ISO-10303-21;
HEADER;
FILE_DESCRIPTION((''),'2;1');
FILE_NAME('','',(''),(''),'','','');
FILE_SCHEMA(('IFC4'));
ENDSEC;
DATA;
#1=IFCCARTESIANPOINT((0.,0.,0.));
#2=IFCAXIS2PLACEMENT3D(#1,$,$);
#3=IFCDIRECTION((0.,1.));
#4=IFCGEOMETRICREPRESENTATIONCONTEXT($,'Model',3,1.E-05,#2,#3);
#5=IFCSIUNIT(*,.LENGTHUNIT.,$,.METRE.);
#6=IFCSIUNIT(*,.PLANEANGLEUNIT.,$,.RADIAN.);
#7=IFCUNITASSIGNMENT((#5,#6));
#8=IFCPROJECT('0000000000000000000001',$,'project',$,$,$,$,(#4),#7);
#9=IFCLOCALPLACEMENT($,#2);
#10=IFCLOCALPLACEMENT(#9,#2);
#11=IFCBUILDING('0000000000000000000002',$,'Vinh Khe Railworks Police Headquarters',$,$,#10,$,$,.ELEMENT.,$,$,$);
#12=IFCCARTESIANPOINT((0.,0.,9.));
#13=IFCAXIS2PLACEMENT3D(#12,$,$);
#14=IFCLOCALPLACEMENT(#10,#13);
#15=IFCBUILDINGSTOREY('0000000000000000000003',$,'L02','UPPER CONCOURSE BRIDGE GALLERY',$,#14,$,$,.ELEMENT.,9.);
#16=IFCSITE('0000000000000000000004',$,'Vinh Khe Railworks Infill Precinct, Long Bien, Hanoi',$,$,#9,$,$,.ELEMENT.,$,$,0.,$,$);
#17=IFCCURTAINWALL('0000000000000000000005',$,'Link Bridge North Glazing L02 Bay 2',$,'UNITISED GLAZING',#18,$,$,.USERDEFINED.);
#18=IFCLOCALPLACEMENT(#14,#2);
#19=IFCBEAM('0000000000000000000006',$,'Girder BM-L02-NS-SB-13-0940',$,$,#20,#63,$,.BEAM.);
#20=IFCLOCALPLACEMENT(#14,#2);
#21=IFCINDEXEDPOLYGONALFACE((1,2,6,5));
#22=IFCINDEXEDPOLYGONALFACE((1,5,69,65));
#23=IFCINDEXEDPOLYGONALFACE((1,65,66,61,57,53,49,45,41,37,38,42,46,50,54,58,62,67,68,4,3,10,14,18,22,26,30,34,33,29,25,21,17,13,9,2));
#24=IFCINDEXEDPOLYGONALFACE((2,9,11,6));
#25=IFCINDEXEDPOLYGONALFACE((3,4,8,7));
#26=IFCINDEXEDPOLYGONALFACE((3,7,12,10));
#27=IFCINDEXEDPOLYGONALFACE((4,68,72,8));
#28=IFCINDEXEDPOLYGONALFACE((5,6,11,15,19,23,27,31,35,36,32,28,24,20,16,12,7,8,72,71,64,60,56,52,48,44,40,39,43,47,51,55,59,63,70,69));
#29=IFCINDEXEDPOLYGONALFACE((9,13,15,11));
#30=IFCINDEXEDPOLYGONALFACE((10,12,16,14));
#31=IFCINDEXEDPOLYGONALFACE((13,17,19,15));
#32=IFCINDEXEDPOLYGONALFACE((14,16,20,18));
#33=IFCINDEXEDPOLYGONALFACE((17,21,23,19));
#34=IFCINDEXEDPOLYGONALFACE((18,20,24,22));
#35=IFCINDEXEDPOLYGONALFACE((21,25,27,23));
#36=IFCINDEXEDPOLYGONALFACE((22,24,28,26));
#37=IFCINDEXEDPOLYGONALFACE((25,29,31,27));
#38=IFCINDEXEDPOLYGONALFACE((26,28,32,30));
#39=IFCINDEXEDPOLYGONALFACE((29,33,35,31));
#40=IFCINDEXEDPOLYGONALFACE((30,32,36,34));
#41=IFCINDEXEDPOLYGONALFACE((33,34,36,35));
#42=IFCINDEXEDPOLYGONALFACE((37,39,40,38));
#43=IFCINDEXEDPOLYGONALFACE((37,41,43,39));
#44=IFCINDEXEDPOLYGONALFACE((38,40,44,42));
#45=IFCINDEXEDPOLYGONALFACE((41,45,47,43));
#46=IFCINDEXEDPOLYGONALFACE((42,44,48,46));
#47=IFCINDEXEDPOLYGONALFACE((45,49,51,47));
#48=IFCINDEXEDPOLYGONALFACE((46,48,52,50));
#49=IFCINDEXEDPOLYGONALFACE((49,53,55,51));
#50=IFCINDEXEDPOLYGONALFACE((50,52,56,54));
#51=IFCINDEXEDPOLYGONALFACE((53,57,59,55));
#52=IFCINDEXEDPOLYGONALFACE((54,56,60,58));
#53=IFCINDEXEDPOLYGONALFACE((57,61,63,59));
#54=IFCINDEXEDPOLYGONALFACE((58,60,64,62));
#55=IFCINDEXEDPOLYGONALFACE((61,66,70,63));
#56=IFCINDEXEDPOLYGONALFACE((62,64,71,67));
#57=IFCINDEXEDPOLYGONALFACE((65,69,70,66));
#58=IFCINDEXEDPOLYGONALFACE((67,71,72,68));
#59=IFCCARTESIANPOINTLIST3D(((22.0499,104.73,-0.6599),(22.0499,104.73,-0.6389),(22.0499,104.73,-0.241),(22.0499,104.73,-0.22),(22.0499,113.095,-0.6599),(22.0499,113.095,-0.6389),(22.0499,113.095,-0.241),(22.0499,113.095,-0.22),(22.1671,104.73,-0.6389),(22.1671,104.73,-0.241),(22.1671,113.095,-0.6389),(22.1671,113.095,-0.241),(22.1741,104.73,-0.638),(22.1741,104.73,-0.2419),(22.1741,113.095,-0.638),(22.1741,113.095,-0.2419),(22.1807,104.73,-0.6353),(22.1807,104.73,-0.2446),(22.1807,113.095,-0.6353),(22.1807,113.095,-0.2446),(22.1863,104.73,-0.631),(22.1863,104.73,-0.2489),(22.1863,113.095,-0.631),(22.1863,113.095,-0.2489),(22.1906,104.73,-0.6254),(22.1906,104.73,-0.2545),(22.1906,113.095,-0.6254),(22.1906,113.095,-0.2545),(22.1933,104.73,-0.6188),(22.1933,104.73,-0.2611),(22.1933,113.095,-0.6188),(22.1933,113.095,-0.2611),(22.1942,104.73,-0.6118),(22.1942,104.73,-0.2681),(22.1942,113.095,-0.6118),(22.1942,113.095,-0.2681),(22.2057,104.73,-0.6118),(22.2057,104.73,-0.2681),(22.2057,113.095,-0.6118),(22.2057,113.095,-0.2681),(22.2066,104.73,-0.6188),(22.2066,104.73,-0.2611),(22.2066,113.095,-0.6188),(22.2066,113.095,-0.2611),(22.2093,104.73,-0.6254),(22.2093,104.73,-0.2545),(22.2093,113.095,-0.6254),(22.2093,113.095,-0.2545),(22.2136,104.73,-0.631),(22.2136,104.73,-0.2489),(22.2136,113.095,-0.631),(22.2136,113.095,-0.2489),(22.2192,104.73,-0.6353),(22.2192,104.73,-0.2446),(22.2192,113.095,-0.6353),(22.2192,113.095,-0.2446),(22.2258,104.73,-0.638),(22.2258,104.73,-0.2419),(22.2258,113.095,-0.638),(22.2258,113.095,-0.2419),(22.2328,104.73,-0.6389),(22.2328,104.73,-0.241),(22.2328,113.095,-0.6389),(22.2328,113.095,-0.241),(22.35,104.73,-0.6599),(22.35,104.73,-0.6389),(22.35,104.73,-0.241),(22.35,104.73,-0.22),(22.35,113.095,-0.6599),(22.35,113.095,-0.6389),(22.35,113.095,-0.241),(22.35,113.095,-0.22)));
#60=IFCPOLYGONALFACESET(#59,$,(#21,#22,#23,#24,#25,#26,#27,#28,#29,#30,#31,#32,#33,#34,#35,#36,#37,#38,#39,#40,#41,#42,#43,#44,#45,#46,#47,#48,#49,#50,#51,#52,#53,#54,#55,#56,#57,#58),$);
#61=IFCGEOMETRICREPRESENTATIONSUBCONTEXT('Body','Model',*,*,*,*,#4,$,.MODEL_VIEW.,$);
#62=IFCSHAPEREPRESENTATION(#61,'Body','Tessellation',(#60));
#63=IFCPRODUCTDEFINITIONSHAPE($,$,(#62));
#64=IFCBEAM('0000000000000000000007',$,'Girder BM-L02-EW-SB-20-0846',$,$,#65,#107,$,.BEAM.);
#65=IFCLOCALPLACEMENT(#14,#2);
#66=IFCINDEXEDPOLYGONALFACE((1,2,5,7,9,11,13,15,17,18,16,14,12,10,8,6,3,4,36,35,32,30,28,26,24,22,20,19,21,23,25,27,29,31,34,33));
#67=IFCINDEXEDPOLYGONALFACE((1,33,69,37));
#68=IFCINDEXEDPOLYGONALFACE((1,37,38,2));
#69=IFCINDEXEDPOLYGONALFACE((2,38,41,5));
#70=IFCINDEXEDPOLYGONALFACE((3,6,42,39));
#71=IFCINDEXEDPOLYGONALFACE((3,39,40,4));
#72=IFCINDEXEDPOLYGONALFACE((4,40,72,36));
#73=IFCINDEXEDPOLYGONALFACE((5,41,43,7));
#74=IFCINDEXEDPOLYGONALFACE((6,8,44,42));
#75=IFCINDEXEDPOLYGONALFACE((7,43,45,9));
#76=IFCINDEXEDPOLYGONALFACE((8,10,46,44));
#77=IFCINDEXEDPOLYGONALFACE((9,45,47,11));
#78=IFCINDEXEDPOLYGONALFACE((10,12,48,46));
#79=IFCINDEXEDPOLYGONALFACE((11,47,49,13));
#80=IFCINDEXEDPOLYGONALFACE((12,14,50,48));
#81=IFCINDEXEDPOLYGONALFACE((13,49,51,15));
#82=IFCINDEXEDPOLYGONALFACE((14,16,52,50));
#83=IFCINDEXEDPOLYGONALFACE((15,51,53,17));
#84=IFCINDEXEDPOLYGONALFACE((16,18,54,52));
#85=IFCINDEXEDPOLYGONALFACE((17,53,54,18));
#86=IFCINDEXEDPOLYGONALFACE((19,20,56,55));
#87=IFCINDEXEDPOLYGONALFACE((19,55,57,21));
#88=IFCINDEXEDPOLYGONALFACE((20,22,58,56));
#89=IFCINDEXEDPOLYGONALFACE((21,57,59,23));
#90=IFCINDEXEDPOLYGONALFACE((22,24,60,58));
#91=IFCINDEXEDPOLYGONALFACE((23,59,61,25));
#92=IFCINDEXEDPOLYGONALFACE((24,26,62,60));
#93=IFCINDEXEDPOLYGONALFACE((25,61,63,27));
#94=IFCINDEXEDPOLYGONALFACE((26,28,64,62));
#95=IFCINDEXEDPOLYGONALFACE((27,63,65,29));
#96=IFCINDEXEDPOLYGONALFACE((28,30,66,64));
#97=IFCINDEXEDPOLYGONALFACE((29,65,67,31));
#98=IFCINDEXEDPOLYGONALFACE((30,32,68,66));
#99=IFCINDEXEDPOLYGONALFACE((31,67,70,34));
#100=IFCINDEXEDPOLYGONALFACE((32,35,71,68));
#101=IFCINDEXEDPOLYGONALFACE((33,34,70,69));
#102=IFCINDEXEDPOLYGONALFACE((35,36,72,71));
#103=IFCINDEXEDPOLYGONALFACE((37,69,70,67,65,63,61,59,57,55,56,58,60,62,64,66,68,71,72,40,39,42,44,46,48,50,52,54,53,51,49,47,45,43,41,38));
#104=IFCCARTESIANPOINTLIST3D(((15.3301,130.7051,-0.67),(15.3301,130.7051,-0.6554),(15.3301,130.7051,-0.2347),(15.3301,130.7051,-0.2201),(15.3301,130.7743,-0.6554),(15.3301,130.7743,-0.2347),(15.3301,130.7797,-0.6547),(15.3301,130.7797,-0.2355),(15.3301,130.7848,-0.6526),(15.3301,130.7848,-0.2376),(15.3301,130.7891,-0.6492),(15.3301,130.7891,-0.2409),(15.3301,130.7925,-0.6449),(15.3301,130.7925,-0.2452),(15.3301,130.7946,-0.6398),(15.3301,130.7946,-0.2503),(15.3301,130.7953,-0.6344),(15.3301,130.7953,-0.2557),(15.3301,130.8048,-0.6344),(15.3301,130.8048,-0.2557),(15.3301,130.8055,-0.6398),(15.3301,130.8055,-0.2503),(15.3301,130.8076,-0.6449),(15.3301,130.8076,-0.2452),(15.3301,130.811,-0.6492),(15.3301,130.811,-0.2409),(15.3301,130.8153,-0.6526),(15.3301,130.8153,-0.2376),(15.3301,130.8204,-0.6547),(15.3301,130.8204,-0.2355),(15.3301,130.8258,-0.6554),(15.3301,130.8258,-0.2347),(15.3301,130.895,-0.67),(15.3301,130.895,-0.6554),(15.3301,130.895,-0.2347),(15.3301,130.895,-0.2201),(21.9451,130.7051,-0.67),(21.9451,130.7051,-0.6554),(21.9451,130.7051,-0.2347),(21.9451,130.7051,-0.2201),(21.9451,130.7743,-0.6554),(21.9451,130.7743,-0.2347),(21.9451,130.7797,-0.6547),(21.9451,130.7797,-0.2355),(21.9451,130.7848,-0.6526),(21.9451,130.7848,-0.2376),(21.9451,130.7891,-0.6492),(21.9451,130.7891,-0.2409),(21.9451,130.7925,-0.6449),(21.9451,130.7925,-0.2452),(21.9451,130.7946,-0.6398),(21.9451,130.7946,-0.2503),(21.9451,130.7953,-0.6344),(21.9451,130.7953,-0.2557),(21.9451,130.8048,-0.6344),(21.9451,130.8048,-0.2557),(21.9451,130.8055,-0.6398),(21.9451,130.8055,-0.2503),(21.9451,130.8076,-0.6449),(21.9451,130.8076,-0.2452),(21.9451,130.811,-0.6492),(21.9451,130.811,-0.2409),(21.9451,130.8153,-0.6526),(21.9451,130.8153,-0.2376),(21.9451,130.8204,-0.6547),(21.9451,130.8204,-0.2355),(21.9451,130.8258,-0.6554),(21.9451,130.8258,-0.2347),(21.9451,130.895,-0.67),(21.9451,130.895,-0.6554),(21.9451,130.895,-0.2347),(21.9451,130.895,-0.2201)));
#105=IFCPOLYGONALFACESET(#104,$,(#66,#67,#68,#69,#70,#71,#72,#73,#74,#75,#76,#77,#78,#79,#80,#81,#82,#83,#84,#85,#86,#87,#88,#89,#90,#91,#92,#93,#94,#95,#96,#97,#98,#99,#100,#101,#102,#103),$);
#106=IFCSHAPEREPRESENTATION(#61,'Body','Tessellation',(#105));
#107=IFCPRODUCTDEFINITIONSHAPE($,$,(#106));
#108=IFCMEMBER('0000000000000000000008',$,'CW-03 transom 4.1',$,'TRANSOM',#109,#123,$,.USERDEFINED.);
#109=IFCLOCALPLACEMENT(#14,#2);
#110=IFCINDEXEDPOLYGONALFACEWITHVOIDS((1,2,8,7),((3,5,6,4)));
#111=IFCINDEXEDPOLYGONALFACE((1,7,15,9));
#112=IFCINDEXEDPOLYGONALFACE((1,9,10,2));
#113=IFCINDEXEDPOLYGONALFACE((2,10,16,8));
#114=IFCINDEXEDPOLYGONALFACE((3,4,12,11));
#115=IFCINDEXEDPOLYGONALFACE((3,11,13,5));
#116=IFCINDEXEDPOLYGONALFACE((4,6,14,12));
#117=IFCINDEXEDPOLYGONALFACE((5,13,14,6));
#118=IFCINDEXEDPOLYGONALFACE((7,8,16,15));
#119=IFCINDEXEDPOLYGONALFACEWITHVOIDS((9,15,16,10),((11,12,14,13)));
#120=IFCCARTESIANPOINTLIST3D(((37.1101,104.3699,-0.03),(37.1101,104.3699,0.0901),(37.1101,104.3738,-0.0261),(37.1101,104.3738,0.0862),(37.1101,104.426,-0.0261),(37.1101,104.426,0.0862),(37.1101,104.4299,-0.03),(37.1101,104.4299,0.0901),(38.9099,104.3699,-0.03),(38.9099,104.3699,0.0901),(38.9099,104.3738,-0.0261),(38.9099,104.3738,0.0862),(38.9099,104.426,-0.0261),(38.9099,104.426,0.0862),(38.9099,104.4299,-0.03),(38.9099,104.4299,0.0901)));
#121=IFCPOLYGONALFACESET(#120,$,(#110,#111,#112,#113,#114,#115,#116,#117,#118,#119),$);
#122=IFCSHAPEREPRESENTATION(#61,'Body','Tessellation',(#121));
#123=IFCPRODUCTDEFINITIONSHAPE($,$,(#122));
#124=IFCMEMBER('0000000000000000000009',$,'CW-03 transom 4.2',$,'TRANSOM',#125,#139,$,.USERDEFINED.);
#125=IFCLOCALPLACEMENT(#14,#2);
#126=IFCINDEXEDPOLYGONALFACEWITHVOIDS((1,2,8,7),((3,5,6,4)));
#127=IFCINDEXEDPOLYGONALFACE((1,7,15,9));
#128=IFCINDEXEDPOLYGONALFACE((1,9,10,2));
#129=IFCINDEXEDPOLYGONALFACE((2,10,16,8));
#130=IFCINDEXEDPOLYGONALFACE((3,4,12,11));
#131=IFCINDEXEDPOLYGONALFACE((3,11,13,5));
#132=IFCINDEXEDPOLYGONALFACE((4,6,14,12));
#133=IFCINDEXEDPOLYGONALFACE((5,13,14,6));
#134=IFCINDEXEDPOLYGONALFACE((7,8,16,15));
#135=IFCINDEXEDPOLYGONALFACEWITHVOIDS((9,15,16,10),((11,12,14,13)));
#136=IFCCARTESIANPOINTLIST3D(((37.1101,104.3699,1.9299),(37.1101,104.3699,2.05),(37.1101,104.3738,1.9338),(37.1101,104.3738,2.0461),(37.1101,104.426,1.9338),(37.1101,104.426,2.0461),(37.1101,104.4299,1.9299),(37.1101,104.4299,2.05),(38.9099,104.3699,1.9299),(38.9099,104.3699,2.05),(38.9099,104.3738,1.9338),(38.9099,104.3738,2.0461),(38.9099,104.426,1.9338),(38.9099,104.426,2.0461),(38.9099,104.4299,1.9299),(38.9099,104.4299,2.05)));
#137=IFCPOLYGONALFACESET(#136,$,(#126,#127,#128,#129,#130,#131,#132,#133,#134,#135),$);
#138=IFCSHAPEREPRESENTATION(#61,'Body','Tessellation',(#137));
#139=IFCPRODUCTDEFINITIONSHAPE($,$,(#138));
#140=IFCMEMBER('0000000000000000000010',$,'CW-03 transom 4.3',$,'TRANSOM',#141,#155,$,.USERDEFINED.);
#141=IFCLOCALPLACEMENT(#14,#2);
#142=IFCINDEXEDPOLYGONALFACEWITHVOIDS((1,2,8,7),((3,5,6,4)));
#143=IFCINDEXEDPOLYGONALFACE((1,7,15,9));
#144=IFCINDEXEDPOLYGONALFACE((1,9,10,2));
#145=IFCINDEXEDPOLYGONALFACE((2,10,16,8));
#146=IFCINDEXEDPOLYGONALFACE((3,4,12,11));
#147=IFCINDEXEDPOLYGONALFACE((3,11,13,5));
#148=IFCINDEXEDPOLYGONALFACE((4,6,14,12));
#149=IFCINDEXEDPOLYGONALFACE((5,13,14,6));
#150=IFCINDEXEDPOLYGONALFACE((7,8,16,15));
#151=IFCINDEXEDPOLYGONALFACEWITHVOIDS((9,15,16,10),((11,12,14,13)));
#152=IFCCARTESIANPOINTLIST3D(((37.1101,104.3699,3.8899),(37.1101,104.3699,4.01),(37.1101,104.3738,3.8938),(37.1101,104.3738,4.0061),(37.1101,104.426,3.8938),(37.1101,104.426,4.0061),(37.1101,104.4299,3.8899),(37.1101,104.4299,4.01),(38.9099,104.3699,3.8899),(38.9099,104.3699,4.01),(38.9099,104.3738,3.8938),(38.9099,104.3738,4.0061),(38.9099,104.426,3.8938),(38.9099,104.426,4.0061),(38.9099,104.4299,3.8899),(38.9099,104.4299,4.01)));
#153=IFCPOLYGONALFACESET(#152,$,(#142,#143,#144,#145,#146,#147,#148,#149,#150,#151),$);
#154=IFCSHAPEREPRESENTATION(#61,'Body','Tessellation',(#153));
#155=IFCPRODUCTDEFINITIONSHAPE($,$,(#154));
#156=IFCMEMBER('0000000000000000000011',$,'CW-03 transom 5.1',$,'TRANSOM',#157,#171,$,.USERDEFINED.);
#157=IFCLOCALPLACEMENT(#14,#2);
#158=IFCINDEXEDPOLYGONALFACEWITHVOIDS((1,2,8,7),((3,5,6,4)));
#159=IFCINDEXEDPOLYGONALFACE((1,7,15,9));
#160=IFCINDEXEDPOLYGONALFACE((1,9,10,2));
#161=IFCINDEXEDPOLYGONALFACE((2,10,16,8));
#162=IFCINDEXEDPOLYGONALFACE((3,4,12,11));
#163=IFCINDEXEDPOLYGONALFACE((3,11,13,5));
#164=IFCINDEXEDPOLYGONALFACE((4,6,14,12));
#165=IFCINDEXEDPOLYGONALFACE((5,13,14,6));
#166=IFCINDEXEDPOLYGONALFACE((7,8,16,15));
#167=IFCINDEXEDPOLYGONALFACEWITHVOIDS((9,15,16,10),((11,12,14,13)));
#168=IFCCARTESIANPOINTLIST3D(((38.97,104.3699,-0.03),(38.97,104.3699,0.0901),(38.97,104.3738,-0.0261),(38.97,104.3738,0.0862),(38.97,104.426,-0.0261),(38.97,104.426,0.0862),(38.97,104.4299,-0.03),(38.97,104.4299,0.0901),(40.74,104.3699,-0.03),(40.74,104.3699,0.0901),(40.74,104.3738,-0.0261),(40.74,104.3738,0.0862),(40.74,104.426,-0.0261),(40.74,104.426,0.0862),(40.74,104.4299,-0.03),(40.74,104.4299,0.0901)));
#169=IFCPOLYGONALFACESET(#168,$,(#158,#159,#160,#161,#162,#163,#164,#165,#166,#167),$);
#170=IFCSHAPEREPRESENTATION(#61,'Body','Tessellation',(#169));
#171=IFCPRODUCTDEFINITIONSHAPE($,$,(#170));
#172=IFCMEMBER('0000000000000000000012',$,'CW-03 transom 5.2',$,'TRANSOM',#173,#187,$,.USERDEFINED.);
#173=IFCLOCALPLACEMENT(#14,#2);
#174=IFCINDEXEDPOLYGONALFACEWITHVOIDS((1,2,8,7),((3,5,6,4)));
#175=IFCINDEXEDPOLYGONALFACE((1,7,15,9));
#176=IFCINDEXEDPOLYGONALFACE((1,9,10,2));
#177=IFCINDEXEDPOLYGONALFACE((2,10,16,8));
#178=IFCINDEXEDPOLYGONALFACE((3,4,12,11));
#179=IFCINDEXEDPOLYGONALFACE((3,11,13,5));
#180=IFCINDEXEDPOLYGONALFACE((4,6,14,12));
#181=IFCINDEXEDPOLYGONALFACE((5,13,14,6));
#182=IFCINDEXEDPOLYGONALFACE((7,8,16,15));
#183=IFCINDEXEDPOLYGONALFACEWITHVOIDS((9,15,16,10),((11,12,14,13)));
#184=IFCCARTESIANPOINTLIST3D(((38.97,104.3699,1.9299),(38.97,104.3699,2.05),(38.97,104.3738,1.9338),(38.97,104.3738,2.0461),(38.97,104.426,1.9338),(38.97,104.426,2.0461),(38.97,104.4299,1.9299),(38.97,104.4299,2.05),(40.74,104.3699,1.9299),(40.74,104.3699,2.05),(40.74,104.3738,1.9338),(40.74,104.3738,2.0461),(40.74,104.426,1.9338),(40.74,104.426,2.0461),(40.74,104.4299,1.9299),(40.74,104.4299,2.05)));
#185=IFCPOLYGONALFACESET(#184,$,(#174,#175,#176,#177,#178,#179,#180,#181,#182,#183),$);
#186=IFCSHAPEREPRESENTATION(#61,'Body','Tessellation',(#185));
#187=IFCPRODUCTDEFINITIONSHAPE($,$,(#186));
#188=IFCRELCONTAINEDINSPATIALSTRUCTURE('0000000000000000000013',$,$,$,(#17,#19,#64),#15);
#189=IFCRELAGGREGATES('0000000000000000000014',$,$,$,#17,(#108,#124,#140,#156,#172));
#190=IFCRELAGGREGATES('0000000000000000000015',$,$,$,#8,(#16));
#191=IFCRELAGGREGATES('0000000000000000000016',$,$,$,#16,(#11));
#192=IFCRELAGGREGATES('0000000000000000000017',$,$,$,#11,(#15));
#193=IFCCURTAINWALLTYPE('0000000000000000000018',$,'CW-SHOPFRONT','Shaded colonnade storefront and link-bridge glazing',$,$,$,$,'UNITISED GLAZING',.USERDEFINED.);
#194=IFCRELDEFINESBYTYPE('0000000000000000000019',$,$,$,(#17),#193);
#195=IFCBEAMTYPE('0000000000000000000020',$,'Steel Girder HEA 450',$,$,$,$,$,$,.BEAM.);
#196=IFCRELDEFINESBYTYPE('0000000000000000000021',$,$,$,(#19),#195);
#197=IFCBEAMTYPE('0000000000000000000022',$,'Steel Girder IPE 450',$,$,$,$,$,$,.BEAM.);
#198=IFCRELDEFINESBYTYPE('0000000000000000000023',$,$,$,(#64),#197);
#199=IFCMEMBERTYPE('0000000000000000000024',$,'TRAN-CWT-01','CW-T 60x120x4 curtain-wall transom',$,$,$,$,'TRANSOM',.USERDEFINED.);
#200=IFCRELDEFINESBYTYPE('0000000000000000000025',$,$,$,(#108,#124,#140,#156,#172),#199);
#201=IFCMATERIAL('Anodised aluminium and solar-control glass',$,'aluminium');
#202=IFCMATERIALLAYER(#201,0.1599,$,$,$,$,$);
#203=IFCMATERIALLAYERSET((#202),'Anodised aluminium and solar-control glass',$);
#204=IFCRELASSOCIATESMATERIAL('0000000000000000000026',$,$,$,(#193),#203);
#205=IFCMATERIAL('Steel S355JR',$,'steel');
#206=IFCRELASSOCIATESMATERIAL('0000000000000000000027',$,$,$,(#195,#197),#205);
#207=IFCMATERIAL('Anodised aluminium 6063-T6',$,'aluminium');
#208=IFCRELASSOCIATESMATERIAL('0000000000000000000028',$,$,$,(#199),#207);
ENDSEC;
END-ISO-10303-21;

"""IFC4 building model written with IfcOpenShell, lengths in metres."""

from ifc_helpers import new_model, si_unit, direction, frame, origin, origin_2d, place, context, subcontext, project, spatial, hollow_rectangle, i_section, extrude, material, layer, layer_set, material_profile, profile_set, type_object, element, aggregate, save


model = new_model("IFC4")

# Units and contexts
model_context = context("Model", 3, precision=1e-05, world=origin(), true_north=direction((0.0, 1.0)))
body_context = subcontext(model_context, "Body", "Model", "MODEL_VIEW")
ifc_project = project(units=[si_unit("LENGTHUNIT", "METRE"), si_unit("PLANEANGLEUNIT", "RADIAN")], contexts=[model_context])

# Site, building, storey
site_placement = place(None, origin())
site = spatial("IfcSite", under=ifc_project, at=site_placement, Name="Vinh Khe Railworks Infill Precinct, Long Bien, Hanoi", CompositionType="ELEMENT", RefElevation=0.0)
building_placement = place(site_placement, origin())
building = spatial("IfcBuilding", under=site, at=building_placement, Name="Vinh Khe Railworks Police Headquarters", CompositionType="ELEMENT")
storey_placement = place(building_placement, frame((0.0, 0.0, 9.0)))
storey = spatial("IfcBuildingStorey", under=building, at=storey_placement, Name="L02", Description="UPPER CONCOURSE BRIDGE GALLERY", CompositionType="ELEMENT", Elevation=9.0)

# Shared definitions
ifc_material_1 = material(Name="Steel S355JR", Category="steel")

# Curtain wall
ifc_material_2 = material(Name="Anodised aluminium and solar-control glass", Category="aluminium")
ifc_layer_1 = layer(ifc_material_2, 0.1599)
ifc_layer_set_1 = layer_set([ifc_layer_1], Name="Anodised aluminium and solar-control glass")
curtain_wall_type = type_object("IfcCurtainWallType", Name="CW-SHOPFRONT", Description="Shaded colonnade storefront and link-bridge glazing", ElementType="UNITISED GLAZING", PredefinedType="USERDEFINED", material=ifc_layer_set_1)
curtain_wall_placement = place(storey_placement, origin())
curtain_wall = element("IfcCurtainWall", 1, at=curtain_wall_placement, inside=storey, type_object=curtain_wall_type, Name="Link Bridge North Glazing L02 Bay 2", ObjectType="UNITISED GLAZING", PredefinedType="USERDEFINED")
ifc_material_3 = material(Name="Anodised aluminium 6063-T6", Category="aluminium")

# Beams
ifc_material_profile_1 = material_profile(ifc_material_1, i_section(OverallWidth=0.3, OverallDepth=0.4399, WebThickness=0.0115, FlangeThickness=0.021, FilletRadius=0.0271, at=origin_2d()), Name="HEA 450")
ifc_profile_set_1 = profile_set([ifc_material_profile_1], Name="Steel S355JR")
beam_type_1 = type_object("IfcBeamType", Name="Steel Girder HEA 450", PredefinedType="BEAM", material=ifc_profile_set_1)
beam_1_placement = place(storey_placement, frame((22.2, 104.73, -0.4399), z_axis=(0.0, 1.0, 0.0), x_axis=(-1.0, 0.0, 0.0)))
element("IfcBeam", 2, at=beam_1_placement, inside=storey, type_object=beam_type_1, Name="Girder BM-L02-NS-SB-13-0940", PredefinedType="BEAM", context=body_context, shape_type="SweptSolid", body=[
    extrude(i_section(OverallWidth=0.3, OverallDepth=0.4399, WebThickness=0.0115, FlangeThickness=0.021, FilletRadius=0.0271, at=origin_2d()), origin(), (0.0, 0.0, 1.0), 8.365),
])
ifc_material_profile_2 = material_profile(ifc_material_1, i_section(OverallWidth=0.1899, OverallDepth=0.45, WebThickness=0.0095, FlangeThickness=0.0146, FilletRadius=0.021, at=origin_2d()), Name="IPE 450")
ifc_profile_set_2 = profile_set([ifc_material_profile_2], Name="Steel S355JR")
beam_type_2 = type_object("IfcBeamType", Name="Steel Girder IPE 450", PredefinedType="BEAM", material=ifc_profile_set_2)
beam_2_placement = place(storey_placement, frame((15.3301, 130.8, -0.4451), z_axis=(1.0, 0.0, 0.0), x_axis=(0.0, 1.0, 0.0)))
element("IfcBeam", 3, at=beam_2_placement, inside=storey, type_object=beam_type_2, Name="Girder BM-L02-EW-SB-20-0846", PredefinedType="BEAM", context=body_context, shape_type="SweptSolid", body=[
    extrude(i_section(OverallWidth=0.1899, OverallDepth=0.45, WebThickness=0.0095, FlangeThickness=0.0146, FilletRadius=0.021, at=origin_2d()), origin(), (0.0, 0.0, 1.0), 6.615),
])

# Members
ifc_material_profile_3 = material_profile(ifc_material_3, hollow_rectangle(XDim=0.0601, YDim=0.1201, WallThickness=0.0039, at=origin_2d()), Name="CW-T 60x120x4")
ifc_profile_set_3 = profile_set([ifc_material_profile_3], Name="Anodised aluminium 6063-T6")
member_type_1 = type_object("IfcMemberType", Name="TRAN-CWT-01", Description="CW-T 60x120x4 curtain-wall transom", ElementType="TRANSOM", PredefinedType="USERDEFINED", material=ifc_profile_set_3)
member_1_placement = place(storey_placement, frame((37.1101, 104.3999, 0.03), z_axis=(1.0, 0.0, 0.0), x_axis=(0.0, 1.0, 0.0)))
member_1 = element("IfcMember", 4, at=member_1_placement, type_object=member_type_1, Name="CW-03 transom 4.1", ObjectType="TRANSOM", PredefinedType="USERDEFINED", context=body_context, shape_type="SweptSolid", body=[
    extrude(hollow_rectangle(XDim=0.0601, YDim=0.1201, WallThickness=0.0039, at=origin_2d()), origin(), (0.0, 0.0, 1.0), 1.7998),
])
member_2_placement = place(storey_placement, frame((37.1101, 104.3999, 1.99), z_axis=(1.0, 0.0, 0.0), x_axis=(0.0, 1.0, 0.0)))
member_2 = element("IfcMember", 5, at=member_2_placement, type_object=member_type_1, Name="CW-03 transom 4.2", ObjectType="TRANSOM", PredefinedType="USERDEFINED", context=body_context, shape_type="SweptSolid", body=[
    extrude(hollow_rectangle(XDim=0.0601, YDim=0.1201, WallThickness=0.0039, at=origin_2d()), origin(), (0.0, 0.0, 1.0), 1.7998),
])
member_3_placement = place(storey_placement, frame((37.1101, 104.3999, 3.95), z_axis=(1.0, 0.0, 0.0), x_axis=(0.0, 1.0, 0.0)))
member_3 = element("IfcMember", 6, at=member_3_placement, type_object=member_type_1, Name="CW-03 transom 4.3", ObjectType="TRANSOM", PredefinedType="USERDEFINED", context=body_context, shape_type="SweptSolid", body=[
    extrude(hollow_rectangle(XDim=0.0601, YDim=0.1201, WallThickness=0.0039, at=origin_2d()), origin(), (0.0, 0.0, 1.0), 1.7998),
])
member_4_placement = place(storey_placement, frame((38.97, 104.3999, 0.03), z_axis=(1.0, 0.0, 0.0), x_axis=(0.0, 1.0, 0.0)))
member_4 = element("IfcMember", 7, at=member_4_placement, type_object=member_type_1, Name="CW-03 transom 5.1", ObjectType="TRANSOM", PredefinedType="USERDEFINED", context=body_context, shape_type="SweptSolid", body=[
    extrude(hollow_rectangle(XDim=0.0601, YDim=0.1201, WallThickness=0.0039, at=origin_2d()), origin(), (0.0, 0.0, 1.0), 1.77),
])
member_5_placement = place(storey_placement, frame((38.97, 104.3999, 1.99), z_axis=(1.0, 0.0, 0.0), x_axis=(0.0, 1.0, 0.0)))
member_5 = element("IfcMember", 8, at=member_5_placement, type_object=member_type_1, Name="CW-03 transom 5.2", ObjectType="TRANSOM", PredefinedType="USERDEFINED", context=body_context, shape_type="SweptSolid", body=[
    extrude(hollow_rectangle(XDim=0.0601, YDim=0.1201, WallThickness=0.0039, at=origin_2d()), origin(), (0.0, 0.0, 1.0), 1.77),
])

aggregate(curtain_wall, [member_1, member_2, member_3, member_4, member_5])

save(model, "model.ifc")
